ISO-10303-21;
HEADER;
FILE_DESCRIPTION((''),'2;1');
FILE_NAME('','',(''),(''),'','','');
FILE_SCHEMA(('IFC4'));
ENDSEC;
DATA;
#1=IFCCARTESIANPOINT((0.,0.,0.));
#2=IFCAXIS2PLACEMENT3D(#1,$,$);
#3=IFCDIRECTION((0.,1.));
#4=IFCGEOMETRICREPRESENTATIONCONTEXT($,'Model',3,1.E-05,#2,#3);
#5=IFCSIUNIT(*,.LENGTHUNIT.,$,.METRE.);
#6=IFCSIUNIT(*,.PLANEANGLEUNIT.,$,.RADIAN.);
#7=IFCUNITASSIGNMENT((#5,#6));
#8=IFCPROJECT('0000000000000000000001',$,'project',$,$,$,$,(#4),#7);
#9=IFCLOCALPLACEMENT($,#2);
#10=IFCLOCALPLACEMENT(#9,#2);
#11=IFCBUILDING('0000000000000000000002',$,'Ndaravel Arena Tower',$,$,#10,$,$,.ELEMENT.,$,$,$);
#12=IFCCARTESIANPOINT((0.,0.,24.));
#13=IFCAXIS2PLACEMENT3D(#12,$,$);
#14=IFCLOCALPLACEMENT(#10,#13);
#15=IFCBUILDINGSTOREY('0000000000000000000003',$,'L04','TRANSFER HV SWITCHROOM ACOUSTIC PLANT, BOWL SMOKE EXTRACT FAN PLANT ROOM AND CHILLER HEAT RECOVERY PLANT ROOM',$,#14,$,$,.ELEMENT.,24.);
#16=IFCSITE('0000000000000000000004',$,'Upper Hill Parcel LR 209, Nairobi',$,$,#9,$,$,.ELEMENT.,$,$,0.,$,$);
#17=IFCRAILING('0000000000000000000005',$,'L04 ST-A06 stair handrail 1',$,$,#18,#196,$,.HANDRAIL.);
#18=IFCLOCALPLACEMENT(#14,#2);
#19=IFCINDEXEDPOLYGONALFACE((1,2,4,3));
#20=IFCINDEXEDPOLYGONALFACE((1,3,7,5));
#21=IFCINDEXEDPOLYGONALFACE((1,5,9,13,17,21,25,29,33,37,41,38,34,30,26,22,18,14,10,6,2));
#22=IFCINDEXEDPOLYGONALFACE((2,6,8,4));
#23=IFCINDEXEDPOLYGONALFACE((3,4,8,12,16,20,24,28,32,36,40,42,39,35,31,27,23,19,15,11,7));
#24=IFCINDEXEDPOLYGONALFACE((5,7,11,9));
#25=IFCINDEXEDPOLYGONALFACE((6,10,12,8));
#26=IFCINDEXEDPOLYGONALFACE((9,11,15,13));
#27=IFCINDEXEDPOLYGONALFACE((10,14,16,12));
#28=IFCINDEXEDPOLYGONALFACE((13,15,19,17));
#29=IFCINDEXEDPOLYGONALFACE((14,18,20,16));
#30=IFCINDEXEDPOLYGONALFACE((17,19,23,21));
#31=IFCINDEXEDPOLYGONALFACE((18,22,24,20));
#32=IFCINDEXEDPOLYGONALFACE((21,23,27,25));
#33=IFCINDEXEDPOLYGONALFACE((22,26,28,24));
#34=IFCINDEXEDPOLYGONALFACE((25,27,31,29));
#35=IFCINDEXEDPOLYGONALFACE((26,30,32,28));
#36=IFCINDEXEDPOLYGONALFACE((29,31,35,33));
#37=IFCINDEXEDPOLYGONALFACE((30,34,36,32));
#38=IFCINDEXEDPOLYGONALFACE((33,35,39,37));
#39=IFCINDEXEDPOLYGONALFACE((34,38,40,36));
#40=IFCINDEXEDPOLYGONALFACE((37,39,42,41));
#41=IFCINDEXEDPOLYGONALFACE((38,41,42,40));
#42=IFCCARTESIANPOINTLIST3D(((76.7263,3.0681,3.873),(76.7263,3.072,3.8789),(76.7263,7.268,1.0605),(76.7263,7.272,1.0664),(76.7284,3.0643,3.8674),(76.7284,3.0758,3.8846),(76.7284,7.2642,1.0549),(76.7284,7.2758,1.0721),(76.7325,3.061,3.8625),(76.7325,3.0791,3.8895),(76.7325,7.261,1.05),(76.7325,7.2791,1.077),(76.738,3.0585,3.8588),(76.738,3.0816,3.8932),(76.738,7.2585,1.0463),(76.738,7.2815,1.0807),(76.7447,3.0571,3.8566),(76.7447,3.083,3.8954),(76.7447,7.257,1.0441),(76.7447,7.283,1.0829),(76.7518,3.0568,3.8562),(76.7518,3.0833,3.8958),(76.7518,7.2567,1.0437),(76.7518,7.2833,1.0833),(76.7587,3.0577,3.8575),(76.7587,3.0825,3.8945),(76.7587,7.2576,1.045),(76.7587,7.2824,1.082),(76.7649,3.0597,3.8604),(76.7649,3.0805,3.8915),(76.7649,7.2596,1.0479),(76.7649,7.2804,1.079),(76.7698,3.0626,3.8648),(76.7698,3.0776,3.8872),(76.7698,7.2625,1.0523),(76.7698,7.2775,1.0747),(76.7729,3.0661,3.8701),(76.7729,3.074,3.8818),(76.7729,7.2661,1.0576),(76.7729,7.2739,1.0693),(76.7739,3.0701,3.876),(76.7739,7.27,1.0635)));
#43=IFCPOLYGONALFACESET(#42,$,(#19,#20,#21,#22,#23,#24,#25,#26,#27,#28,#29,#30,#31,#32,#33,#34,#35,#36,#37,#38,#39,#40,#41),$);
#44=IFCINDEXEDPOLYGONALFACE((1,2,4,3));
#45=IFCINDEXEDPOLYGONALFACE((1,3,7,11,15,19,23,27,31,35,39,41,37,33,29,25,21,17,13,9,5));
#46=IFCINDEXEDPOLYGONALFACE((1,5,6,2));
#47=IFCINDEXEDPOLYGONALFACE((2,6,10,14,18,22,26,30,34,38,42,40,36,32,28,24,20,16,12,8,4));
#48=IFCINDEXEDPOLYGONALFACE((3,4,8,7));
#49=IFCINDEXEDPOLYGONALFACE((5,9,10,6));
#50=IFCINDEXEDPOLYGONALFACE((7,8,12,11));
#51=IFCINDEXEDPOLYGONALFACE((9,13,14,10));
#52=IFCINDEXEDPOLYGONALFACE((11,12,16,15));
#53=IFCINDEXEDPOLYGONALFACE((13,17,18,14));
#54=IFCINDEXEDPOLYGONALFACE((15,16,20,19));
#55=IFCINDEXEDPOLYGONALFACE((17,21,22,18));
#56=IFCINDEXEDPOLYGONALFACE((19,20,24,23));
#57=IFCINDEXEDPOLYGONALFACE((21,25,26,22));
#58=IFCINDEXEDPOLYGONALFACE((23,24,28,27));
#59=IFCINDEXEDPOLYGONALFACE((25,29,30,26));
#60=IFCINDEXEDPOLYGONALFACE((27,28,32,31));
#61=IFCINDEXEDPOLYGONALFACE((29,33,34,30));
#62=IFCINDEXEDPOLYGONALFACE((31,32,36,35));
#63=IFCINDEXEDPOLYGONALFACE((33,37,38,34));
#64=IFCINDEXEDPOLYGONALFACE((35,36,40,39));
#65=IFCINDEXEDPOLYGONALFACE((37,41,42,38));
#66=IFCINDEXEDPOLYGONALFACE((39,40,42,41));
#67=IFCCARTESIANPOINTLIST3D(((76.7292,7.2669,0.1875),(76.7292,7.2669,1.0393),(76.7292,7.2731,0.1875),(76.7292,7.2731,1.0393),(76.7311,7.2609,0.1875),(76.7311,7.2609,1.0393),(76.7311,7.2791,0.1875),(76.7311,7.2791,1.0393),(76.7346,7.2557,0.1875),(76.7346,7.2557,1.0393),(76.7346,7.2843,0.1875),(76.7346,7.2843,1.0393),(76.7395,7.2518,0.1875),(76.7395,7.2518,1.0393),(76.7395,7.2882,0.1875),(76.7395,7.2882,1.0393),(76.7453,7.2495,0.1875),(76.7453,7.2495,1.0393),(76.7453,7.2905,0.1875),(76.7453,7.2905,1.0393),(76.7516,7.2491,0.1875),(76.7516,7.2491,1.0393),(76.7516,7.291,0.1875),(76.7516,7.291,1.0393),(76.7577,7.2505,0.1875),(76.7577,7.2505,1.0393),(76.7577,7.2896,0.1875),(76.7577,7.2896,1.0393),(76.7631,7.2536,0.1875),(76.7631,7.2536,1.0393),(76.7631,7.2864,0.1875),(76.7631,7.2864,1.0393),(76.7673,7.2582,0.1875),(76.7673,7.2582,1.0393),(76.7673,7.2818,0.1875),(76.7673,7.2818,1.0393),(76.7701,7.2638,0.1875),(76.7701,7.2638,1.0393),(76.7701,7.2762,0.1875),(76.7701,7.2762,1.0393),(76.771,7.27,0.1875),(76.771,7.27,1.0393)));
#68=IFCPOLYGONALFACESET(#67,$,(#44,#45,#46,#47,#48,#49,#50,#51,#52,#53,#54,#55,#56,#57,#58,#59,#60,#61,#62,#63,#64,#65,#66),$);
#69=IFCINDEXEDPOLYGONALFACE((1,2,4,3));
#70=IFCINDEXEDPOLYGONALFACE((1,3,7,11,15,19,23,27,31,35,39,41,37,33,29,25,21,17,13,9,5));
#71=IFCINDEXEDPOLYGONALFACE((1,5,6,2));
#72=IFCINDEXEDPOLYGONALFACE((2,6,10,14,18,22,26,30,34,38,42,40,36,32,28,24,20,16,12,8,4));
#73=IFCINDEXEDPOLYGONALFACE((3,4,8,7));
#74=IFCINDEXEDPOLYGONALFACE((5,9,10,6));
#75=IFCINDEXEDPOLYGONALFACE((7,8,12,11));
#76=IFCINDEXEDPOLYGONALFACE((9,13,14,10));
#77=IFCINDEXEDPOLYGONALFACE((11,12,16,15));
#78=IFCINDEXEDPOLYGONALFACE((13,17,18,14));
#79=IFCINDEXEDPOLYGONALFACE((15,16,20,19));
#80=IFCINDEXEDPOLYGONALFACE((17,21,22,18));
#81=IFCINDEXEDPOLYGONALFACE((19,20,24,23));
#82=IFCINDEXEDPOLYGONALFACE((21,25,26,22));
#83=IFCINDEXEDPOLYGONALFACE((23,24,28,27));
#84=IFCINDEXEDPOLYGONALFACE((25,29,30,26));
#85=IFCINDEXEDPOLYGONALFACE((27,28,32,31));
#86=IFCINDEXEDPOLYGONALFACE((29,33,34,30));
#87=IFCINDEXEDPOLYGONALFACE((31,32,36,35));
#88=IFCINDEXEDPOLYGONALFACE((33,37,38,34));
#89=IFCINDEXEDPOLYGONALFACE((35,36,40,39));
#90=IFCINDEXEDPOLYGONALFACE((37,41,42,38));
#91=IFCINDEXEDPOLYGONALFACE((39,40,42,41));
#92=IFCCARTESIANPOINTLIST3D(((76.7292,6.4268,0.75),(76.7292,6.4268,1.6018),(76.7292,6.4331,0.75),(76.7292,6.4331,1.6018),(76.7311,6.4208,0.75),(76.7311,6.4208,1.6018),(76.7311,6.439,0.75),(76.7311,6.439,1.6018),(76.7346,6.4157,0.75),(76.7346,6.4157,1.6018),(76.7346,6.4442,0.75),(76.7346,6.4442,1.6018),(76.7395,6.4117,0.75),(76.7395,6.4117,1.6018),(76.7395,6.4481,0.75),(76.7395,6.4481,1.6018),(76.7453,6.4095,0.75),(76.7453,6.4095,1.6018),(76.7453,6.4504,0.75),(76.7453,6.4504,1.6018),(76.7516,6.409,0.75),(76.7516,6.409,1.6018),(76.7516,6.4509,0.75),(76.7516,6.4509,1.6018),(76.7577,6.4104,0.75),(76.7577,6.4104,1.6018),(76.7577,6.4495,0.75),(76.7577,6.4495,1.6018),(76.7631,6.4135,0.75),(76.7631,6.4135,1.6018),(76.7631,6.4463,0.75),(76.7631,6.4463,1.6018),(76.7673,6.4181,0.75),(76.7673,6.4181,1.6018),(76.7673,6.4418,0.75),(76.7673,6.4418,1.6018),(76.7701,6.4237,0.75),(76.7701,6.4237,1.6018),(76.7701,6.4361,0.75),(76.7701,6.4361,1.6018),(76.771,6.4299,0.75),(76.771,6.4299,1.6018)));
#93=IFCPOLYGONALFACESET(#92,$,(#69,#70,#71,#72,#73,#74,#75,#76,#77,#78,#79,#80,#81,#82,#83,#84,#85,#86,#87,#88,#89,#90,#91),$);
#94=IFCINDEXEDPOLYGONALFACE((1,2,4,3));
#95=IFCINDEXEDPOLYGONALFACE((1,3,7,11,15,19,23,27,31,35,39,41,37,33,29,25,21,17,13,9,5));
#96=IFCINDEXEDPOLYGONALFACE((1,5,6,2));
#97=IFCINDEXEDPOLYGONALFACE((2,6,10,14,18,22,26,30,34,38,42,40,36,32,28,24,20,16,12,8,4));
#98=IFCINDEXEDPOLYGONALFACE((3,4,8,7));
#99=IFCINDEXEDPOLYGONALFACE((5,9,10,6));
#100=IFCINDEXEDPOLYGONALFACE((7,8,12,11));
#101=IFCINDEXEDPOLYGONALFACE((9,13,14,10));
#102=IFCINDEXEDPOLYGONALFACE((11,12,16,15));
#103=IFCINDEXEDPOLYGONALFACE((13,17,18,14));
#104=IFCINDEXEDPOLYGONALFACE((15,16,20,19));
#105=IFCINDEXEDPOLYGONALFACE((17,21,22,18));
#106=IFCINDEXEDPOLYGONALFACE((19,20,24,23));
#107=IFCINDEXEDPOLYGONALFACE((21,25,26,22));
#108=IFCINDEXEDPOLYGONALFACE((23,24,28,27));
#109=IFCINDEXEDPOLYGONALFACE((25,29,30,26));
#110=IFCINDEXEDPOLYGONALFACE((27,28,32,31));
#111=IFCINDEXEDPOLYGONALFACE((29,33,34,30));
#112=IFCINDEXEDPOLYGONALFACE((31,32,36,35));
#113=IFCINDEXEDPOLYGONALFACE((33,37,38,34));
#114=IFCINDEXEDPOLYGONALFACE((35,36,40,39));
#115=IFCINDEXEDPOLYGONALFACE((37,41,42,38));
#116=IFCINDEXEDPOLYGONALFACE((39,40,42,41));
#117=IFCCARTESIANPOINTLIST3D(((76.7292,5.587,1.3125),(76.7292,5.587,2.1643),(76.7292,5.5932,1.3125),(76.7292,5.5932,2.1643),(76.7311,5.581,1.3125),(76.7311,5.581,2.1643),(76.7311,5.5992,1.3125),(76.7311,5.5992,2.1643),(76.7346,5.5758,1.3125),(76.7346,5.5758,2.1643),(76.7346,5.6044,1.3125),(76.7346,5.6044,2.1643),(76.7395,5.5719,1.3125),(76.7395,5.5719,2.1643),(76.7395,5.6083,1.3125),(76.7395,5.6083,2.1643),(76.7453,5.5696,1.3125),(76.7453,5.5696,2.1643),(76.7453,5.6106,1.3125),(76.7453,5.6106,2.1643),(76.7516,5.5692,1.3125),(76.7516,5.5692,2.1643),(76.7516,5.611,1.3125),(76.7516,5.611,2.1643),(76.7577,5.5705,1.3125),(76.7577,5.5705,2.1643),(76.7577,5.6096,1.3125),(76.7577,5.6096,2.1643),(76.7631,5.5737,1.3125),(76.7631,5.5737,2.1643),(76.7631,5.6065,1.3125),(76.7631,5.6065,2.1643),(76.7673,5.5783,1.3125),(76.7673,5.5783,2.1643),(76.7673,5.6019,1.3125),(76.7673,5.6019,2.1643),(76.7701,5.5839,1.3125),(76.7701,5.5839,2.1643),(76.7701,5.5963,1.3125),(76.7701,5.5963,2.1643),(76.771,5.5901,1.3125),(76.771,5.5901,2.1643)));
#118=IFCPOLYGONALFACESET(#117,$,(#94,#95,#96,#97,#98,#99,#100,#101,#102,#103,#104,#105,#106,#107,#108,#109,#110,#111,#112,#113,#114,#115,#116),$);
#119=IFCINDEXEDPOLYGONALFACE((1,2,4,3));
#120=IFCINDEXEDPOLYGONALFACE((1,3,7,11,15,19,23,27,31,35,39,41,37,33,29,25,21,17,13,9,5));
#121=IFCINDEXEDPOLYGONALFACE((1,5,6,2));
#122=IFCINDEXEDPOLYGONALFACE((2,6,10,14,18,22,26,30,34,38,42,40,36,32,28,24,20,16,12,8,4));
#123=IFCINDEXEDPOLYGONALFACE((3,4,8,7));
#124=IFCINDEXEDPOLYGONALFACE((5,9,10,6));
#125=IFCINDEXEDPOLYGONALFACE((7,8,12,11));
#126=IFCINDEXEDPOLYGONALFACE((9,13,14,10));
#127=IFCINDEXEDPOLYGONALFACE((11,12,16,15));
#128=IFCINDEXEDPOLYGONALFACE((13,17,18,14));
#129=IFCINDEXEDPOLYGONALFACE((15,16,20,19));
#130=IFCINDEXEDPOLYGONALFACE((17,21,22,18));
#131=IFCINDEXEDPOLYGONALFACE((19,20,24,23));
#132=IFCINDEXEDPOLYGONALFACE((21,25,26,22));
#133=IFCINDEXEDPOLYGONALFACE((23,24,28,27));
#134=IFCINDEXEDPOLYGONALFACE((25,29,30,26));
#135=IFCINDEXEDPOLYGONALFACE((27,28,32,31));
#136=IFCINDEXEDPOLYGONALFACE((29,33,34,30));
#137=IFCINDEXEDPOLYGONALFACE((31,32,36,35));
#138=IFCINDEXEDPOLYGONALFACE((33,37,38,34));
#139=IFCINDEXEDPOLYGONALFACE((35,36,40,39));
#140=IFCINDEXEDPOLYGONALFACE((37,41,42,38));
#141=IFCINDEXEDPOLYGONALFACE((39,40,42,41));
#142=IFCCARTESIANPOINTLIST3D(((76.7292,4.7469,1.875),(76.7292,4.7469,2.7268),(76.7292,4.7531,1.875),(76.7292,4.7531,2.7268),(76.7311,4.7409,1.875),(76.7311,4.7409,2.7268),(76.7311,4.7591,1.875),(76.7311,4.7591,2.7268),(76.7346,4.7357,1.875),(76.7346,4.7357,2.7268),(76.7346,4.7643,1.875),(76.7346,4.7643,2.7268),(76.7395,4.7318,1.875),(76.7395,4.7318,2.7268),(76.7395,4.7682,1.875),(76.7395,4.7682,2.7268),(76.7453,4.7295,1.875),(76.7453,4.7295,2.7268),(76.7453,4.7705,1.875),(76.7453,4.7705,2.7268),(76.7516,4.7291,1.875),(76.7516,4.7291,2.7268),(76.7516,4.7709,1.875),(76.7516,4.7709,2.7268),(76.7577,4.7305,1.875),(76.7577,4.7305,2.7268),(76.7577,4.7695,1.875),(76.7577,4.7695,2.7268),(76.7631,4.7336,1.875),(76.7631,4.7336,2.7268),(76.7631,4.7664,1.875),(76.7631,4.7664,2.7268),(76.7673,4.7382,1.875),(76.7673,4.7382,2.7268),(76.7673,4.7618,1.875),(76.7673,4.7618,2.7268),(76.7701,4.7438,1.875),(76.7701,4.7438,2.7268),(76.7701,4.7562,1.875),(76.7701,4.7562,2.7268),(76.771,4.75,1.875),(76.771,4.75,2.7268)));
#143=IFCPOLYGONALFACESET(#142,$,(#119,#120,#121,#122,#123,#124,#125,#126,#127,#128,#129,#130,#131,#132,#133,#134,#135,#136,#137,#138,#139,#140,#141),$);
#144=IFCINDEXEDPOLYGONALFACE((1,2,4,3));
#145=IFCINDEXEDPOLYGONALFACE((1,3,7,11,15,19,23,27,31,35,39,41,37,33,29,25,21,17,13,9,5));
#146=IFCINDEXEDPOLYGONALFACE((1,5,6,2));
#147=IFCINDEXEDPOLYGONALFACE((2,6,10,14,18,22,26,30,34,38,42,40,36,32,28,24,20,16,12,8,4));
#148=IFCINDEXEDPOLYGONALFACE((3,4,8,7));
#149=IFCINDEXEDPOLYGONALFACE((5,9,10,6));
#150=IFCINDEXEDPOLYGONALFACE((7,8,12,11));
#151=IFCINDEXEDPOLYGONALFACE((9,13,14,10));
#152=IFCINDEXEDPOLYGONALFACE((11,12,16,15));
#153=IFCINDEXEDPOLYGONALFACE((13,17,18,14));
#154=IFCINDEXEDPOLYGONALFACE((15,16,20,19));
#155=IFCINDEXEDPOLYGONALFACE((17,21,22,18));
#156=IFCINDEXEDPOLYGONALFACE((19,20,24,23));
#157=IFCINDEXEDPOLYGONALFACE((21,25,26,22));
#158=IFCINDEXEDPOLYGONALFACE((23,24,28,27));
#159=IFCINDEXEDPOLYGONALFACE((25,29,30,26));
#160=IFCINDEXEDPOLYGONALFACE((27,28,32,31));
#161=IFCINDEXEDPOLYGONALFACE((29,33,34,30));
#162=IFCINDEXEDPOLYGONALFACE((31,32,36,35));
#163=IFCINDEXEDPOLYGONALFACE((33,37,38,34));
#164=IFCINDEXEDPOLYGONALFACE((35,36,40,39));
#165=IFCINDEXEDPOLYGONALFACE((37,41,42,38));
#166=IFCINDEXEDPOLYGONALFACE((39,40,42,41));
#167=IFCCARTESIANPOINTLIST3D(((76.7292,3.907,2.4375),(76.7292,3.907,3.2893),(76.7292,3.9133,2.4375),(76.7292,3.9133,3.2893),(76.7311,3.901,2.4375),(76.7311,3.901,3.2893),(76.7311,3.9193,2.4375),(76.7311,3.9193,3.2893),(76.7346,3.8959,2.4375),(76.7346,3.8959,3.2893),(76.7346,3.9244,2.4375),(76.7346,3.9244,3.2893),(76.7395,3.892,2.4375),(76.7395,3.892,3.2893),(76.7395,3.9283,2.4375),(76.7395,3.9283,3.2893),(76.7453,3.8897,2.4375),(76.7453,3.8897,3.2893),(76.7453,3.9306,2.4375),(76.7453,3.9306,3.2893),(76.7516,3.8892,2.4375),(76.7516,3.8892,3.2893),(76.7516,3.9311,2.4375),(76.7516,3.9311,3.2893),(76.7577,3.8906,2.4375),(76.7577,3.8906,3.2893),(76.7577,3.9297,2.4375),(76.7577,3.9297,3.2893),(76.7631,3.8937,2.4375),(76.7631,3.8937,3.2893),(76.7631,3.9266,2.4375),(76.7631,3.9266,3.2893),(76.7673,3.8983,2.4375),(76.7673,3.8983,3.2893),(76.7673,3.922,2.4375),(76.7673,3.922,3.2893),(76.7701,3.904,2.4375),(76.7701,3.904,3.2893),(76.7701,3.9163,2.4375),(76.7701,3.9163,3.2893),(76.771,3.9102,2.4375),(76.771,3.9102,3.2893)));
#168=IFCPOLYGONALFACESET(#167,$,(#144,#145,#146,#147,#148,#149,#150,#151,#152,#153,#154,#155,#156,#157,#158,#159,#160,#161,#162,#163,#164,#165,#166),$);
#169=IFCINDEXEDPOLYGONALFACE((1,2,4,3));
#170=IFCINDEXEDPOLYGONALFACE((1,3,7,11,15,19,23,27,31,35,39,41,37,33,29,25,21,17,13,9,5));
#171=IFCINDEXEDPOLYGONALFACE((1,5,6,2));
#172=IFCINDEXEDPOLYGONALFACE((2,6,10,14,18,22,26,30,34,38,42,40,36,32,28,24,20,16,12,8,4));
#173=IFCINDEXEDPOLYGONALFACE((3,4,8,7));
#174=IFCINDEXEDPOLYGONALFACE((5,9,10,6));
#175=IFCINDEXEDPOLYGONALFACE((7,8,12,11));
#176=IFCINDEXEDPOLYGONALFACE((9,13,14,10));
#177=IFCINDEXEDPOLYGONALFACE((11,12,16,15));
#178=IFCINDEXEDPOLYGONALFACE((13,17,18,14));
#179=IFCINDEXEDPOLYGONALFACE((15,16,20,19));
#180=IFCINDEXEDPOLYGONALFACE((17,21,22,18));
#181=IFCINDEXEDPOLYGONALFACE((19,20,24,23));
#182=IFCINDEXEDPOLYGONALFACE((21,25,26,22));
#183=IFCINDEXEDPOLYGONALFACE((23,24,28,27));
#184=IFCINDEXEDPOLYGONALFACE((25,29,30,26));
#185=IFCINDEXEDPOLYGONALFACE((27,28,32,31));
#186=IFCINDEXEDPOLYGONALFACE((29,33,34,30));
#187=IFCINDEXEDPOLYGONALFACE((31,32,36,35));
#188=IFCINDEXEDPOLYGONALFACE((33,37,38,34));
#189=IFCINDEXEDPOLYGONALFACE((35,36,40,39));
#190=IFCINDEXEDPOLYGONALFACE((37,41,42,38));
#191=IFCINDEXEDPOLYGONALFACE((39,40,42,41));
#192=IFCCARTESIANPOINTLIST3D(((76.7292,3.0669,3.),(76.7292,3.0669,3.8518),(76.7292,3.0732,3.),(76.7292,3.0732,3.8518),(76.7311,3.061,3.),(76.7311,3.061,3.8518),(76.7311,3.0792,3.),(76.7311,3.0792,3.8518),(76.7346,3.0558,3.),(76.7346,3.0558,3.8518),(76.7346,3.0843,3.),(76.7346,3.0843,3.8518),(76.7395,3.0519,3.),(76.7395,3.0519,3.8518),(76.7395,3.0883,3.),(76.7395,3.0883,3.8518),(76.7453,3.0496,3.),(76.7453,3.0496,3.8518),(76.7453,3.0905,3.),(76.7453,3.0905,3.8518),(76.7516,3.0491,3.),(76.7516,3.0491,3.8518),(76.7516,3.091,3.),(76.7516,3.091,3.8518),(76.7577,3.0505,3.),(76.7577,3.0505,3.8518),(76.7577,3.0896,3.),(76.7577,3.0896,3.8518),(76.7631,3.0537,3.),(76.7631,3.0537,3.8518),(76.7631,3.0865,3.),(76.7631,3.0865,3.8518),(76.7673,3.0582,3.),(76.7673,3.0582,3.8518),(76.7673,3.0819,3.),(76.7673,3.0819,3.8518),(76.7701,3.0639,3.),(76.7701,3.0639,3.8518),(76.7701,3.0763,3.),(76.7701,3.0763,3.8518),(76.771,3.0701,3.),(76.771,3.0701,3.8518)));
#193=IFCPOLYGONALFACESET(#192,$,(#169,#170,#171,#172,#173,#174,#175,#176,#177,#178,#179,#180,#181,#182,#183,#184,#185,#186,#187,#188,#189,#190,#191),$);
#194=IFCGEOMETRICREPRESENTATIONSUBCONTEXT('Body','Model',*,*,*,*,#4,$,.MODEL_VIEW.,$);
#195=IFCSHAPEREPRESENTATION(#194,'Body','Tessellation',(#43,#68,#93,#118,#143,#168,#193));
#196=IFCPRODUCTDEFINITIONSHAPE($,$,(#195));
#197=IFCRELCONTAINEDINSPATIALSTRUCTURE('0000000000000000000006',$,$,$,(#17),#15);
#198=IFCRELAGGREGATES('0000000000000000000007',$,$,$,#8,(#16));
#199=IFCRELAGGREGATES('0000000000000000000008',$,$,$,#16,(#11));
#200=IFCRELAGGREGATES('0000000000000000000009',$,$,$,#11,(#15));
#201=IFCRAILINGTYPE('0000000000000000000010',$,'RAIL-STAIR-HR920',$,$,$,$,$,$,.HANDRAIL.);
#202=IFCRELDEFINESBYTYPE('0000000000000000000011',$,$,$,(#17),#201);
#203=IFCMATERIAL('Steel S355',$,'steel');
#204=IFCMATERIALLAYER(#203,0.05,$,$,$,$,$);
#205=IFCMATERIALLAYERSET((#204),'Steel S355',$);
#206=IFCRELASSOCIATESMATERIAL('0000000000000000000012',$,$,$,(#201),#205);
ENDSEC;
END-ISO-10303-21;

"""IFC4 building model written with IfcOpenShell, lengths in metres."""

from ifc_helpers import new_model, si_unit, direction, frame, origin, origin_2d, place, context, subcontext, project, spatial, circle, extrude, material, layer, layer_set, type_object, element, save


model = new_model("IFC4")

# Units and contexts
model_context = context("Model", 3, precision=1e-05, world=origin(), true_north=direction((0.0, 1.0)))
body_context = subcontext(model_context, "Body", "Model", "MODEL_VIEW")
ifc_project = project(units=[si_unit("LENGTHUNIT", "METRE"), si_unit("PLANEANGLEUNIT", "RADIAN")], contexts=[model_context])

# Site, building, storey
site_placement = place(None, origin())
site = spatial("IfcSite", under=ifc_project, at=site_placement, Name="Upper Hill Parcel LR 209, Nairobi", CompositionType="ELEMENT", RefElevation=0.0)
building_placement = place(site_placement, origin())
building = spatial("IfcBuilding", under=site, at=building_placement, Name="Ndaravel Arena Tower", CompositionType="ELEMENT")
storey_placement = place(building_placement, frame((0.0, 0.0, 24.0)))
storey = spatial("IfcBuildingStorey", under=building, at=storey_placement, Name="L04", Description="TRANSFER HV SWITCHROOM ACOUSTIC PLANT, BOWL SMOKE EXTRACT FAN PLANT ROOM AND CHILLER HEAT RECOVERY PLANT ROOM", CompositionType="ELEMENT", Elevation=24.0)

# Railing
ifc_material_1 = material(Name="Steel S355", Category="steel")
ifc_layer_1 = layer(ifc_material_1, 0.05)
ifc_layer_set_1 = layer_set([ifc_layer_1], Name="Steel S355")
railing_type_1 = type_object("IfcRailingType", Name="RAIL-STAIR-HR920", PredefinedType="HANDRAIL", material=ifc_layer_set_1)
railing_1_placement = place(storey_placement, frame((76.75, 7.27, 0.1875)))
element("IfcRailing", 1, at=railing_1_placement, inside=storey, type_object=railing_type_1, Name="L04 ST-A06 stair handrail 1", PredefinedType="HANDRAIL", context=body_context, shape_type="SweptSolid", body=[
    extrude(circle(Radius=0.0239, at=origin_2d()), frame((0.0, 0.0, 0.876), z_axis=(0.0, -0.830904, 0.556416), x_axis=(1.0, 0.0, 0.0)), (0.0, 0.0, 1.0), 5.0547),
    extrude(circle(Radius=0.021, at=origin_2d()), origin(), (0.0, 0.0, 1.0), 0.8518),
    extrude(circle(Radius=0.021, at=origin_2d()), frame((0.0, -0.8401, 0.5625)), (0.0, 0.0, 1.0), 0.8518),
    extrude(circle(Radius=0.021, at=origin_2d()), frame((0.0, -1.6799, 1.125)), (0.0, 0.0, 1.0), 0.8518),
    extrude(circle(Radius=0.021, at=origin_2d()), frame((0.0, -2.52, 1.6875)), (0.0, 0.0, 1.0), 0.8518),
    extrude(circle(Radius=0.021, at=origin_2d()), frame((0.0, -3.3599, 2.25)), (0.0, 0.0, 1.0), 0.8518),
    extrude(circle(Radius=0.021, at=origin_2d()), frame((0.0, -4.2, 2.8125)), (0.0, 0.0, 1.0), 0.8518),
])

save(model, "model.ifc")
